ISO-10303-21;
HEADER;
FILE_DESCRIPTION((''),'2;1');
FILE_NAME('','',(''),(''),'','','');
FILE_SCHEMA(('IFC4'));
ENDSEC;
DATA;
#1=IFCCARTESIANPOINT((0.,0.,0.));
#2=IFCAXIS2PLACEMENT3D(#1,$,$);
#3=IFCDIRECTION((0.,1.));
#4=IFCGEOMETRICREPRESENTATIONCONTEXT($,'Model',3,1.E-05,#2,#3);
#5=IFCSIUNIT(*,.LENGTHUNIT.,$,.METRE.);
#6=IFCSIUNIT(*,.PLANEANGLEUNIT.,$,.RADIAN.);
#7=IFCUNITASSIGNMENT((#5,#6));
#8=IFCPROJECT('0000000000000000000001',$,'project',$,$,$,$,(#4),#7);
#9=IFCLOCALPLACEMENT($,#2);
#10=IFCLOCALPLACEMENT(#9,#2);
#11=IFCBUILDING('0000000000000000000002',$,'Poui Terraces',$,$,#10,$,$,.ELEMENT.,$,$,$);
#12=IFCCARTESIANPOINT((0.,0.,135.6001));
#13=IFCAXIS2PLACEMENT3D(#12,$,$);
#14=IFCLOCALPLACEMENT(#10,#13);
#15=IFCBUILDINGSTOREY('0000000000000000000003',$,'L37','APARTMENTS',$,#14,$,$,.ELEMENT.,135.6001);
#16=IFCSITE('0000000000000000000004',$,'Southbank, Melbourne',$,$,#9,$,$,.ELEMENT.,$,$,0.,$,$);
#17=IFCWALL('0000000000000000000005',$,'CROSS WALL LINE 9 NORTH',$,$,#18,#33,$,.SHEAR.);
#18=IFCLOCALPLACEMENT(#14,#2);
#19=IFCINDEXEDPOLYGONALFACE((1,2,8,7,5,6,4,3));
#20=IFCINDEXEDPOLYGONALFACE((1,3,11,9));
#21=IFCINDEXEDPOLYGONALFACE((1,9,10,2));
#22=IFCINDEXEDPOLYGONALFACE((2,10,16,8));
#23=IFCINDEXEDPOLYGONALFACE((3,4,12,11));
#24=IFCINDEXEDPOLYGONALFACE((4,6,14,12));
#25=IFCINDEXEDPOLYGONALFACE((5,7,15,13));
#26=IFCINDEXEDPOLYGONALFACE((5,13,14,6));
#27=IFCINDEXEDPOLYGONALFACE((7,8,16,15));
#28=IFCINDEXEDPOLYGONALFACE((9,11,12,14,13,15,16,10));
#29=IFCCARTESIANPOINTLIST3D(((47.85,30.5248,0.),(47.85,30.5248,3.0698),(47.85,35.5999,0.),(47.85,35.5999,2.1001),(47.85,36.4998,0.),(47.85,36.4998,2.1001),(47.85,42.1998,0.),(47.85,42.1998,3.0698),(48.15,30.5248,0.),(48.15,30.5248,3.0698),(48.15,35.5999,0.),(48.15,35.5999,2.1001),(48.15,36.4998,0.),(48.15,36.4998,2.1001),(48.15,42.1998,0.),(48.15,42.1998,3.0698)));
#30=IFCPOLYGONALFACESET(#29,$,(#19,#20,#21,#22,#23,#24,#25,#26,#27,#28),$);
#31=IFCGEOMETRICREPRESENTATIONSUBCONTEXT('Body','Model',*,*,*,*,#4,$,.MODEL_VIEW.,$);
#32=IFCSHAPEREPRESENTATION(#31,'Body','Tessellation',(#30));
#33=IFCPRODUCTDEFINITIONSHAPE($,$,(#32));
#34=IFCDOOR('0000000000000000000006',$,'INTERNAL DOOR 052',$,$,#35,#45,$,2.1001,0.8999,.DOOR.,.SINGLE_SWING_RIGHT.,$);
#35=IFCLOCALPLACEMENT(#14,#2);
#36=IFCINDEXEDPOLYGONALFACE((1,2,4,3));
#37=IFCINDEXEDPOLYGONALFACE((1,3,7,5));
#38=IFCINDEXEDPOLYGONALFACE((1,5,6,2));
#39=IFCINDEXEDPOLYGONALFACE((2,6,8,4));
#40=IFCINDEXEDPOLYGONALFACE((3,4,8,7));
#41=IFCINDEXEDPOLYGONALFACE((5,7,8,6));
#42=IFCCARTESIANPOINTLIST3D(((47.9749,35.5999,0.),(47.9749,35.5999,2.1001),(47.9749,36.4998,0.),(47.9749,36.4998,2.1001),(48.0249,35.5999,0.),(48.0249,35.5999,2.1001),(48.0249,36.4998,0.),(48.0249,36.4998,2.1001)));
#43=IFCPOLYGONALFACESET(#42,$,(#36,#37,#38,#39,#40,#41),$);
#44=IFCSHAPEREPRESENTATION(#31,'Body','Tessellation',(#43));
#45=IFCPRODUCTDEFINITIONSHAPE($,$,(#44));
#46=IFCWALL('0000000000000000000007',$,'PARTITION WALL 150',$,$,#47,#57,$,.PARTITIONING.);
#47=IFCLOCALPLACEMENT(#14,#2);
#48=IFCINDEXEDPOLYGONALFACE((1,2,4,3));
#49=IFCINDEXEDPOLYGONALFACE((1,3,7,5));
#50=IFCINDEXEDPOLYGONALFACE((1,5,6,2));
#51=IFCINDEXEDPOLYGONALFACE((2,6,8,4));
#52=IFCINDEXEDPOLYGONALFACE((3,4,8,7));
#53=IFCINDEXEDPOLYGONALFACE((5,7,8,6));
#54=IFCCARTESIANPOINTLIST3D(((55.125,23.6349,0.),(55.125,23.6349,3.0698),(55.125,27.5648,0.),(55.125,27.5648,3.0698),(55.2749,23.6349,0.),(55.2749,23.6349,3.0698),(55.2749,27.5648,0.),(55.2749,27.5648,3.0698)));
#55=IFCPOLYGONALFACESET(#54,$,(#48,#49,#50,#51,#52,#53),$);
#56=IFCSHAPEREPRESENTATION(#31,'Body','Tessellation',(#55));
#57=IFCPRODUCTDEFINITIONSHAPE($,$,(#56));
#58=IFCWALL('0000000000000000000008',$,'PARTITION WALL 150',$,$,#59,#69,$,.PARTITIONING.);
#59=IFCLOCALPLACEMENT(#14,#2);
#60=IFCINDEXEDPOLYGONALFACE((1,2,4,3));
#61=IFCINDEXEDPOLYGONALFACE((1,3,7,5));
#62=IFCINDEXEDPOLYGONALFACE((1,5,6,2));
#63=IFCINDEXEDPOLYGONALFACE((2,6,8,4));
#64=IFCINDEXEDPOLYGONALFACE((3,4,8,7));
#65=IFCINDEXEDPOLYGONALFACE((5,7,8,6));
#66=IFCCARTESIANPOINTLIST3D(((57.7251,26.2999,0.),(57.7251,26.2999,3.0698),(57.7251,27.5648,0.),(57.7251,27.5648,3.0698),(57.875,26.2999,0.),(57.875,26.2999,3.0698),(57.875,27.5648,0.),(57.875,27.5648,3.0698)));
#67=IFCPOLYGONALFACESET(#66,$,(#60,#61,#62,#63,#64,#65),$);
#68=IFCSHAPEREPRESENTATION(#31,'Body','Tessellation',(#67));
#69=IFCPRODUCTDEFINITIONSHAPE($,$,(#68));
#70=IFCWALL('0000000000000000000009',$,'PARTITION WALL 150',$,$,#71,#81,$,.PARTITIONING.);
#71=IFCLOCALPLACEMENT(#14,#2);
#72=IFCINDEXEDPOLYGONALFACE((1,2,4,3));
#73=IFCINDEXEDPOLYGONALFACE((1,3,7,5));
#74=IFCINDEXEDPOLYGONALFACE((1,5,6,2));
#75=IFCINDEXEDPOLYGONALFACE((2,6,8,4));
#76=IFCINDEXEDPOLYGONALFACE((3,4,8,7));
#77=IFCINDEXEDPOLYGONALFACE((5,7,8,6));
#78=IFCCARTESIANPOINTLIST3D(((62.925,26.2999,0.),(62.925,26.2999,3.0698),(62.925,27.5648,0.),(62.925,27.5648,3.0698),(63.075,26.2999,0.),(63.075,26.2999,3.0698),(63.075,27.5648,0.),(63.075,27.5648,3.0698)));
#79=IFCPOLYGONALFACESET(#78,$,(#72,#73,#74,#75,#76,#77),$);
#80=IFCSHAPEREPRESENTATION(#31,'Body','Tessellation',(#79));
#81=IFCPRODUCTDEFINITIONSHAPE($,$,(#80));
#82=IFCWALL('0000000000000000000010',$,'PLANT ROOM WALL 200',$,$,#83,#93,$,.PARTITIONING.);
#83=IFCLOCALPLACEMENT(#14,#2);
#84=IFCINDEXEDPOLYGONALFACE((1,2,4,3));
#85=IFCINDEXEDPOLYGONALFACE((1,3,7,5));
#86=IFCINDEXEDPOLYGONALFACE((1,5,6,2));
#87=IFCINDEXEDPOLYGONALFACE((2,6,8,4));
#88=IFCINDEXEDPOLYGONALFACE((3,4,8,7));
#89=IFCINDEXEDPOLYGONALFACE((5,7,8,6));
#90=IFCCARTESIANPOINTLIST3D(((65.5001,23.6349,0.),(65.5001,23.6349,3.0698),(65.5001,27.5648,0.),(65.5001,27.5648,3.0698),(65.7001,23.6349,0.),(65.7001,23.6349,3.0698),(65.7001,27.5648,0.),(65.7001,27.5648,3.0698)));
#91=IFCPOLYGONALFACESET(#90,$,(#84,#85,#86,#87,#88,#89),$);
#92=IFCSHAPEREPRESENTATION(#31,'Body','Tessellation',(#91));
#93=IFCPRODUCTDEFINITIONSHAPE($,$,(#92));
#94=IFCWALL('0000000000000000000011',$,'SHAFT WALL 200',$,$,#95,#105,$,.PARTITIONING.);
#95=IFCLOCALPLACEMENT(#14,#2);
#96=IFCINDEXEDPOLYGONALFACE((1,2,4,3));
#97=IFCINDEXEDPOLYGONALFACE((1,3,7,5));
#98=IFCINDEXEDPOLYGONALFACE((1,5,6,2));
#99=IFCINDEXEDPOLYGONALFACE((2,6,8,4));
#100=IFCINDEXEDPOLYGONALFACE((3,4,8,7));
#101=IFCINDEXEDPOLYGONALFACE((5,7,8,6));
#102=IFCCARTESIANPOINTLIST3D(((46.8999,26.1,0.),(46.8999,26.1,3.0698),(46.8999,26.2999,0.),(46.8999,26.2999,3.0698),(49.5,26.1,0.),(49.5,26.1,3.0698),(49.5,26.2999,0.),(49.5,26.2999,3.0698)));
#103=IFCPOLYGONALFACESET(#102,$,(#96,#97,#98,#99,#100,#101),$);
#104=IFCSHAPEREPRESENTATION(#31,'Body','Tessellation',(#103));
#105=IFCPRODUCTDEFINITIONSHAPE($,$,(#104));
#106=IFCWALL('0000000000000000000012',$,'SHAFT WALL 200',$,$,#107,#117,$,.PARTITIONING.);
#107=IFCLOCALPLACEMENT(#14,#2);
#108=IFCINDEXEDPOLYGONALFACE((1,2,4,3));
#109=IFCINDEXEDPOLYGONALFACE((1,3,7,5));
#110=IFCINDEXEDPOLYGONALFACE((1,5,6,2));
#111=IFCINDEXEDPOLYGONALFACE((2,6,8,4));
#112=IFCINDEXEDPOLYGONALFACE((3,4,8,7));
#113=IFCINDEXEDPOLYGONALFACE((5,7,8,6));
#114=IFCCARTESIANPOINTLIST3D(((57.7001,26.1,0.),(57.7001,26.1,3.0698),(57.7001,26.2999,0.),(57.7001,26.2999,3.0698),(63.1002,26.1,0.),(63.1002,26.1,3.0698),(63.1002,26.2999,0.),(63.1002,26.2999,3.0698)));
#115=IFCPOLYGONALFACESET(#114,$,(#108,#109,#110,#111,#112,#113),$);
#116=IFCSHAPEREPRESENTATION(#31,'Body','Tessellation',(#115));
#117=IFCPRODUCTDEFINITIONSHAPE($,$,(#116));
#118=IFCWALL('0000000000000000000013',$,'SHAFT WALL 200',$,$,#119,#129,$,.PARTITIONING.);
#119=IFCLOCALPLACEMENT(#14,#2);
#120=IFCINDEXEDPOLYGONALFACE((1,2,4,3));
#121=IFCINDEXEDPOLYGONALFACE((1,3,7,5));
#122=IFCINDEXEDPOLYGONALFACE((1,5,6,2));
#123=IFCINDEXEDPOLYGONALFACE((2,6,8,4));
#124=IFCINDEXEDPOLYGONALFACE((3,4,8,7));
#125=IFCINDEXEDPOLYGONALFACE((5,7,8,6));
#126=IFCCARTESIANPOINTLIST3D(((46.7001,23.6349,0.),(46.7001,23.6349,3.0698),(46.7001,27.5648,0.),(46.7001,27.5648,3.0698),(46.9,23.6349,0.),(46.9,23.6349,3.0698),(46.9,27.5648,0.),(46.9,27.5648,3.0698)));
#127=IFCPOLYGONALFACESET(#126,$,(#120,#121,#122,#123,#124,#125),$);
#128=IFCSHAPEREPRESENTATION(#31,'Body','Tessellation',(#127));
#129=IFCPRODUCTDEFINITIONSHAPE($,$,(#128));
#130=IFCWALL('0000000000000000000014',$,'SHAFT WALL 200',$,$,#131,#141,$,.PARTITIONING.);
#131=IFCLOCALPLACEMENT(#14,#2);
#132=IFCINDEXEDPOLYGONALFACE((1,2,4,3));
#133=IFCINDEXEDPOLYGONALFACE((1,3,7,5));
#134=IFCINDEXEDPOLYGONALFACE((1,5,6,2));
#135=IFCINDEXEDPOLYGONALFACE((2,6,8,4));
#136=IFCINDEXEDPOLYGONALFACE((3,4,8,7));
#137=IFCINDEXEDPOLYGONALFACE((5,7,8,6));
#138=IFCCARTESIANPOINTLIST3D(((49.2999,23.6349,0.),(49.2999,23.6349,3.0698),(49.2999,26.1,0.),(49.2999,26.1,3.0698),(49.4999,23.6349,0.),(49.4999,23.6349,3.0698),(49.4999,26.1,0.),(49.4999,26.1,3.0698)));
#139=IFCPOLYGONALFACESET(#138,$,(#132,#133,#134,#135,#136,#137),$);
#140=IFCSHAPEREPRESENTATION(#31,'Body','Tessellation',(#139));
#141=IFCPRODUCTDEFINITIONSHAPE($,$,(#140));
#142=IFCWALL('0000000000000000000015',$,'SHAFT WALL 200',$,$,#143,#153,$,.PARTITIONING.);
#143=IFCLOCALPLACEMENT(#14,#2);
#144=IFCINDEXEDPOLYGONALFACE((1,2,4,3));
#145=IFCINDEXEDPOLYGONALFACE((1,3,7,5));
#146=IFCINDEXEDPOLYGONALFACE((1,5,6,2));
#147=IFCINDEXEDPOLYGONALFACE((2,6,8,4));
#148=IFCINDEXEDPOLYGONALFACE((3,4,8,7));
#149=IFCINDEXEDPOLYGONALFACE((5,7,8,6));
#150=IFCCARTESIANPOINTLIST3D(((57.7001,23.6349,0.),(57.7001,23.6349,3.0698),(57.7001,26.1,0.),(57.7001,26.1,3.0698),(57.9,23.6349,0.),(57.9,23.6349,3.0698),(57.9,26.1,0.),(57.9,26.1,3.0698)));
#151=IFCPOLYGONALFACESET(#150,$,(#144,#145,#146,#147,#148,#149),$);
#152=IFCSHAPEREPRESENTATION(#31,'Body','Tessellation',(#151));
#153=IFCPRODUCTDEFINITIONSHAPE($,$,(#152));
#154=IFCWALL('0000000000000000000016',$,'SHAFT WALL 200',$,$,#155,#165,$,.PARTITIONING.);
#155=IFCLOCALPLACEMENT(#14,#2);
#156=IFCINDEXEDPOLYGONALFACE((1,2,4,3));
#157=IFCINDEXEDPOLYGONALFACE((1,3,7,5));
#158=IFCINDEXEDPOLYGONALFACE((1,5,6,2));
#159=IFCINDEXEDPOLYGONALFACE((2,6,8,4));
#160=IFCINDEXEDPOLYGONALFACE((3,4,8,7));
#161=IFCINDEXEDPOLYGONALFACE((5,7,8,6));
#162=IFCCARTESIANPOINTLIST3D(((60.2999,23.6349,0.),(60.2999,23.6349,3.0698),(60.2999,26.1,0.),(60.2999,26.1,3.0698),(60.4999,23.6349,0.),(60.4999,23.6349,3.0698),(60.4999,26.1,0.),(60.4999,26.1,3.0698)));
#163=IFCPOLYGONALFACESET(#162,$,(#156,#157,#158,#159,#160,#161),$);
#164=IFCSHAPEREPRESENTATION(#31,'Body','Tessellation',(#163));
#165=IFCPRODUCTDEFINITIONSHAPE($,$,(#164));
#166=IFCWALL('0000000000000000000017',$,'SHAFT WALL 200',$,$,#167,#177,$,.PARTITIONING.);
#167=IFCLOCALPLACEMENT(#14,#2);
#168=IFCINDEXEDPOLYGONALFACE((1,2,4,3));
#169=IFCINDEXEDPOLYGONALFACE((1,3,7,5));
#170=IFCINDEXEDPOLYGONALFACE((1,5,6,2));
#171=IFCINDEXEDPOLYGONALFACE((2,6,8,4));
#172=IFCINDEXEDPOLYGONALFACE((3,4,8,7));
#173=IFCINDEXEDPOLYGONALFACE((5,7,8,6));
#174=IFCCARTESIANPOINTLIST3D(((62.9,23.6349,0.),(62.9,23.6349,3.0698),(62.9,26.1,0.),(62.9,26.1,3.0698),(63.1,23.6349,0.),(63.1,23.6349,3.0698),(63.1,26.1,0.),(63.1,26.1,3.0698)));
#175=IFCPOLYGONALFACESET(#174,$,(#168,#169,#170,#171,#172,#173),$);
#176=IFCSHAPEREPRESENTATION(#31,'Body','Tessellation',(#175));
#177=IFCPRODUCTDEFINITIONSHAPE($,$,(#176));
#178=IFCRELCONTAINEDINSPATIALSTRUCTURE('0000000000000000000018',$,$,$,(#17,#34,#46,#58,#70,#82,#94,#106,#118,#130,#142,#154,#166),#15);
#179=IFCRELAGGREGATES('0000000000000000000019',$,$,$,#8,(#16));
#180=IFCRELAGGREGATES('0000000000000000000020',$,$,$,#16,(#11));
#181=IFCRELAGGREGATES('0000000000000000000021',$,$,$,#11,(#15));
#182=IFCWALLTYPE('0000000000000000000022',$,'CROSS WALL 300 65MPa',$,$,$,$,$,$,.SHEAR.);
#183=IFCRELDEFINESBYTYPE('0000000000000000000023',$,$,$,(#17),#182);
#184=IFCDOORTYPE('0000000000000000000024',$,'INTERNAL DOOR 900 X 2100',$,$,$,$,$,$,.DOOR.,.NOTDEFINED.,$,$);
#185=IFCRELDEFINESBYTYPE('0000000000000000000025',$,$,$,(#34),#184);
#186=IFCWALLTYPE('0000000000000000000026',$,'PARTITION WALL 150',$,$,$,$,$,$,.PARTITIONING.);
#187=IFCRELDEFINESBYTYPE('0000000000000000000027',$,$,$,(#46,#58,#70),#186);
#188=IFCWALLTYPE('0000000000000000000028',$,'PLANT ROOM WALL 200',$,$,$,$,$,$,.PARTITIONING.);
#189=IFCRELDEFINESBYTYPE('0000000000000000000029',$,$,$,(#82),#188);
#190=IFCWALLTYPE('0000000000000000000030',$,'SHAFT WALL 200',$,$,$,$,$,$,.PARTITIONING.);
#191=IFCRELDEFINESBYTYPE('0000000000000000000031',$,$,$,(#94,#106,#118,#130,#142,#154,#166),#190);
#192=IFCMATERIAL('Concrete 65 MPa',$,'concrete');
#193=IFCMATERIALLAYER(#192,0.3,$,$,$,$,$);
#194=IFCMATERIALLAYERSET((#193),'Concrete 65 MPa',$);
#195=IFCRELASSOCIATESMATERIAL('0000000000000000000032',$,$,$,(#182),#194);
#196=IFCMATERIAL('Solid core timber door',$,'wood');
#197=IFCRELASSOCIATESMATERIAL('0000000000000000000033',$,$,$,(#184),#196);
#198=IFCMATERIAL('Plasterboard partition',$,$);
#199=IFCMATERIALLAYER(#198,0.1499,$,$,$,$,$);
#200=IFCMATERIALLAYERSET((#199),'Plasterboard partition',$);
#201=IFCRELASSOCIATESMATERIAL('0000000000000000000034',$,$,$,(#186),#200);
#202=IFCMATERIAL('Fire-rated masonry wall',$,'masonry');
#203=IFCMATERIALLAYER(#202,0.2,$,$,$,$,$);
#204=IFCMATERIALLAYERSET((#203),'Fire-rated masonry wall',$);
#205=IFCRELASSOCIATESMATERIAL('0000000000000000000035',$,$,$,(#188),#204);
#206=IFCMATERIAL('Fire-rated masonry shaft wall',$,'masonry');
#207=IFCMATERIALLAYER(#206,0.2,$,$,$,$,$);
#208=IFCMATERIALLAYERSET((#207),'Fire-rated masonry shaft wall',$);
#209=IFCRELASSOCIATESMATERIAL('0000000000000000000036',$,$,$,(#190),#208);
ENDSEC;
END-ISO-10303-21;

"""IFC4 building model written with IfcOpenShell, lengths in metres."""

from ifc_helpers import new_model, si_unit, direction, frame, frame_2d, origin, place, context, subcontext, project, spatial, rectangle, extrude, material, layer, layer_set, type_object, element, fill, save


model = new_model("IFC4")

# Units and contexts
model_context = context("Model", 3, precision=1e-05, world=origin(), true_north=direction((0.0, 1.0)))
body_context = subcontext(model_context, "Body", "Model", "MODEL_VIEW")
ifc_project = project(units=[si_unit("LENGTHUNIT", "METRE"), si_unit("PLANEANGLEUNIT", "RADIAN")], contexts=[model_context])

# Site, building, storey
site_placement = place(None, origin())
site = spatial("IfcSite", under=ifc_project, at=site_placement, Name="Southbank, Melbourne", CompositionType="ELEMENT", RefElevation=0.0)
building_placement = place(site_placement, origin())
building = spatial("IfcBuilding", under=site, at=building_placement, Name="Poui Terraces", CompositionType="ELEMENT")
storey_placement = place(building_placement, frame((0.0, 0.0, 135.6001)))
storey = spatial("IfcBuildingStorey", under=building, at=storey_placement, Name="L37", Description="APARTMENTS", CompositionType="ELEMENT", Elevation=135.6001)

# Shared definitions
ifc_material_1 = material(Name="Concrete 65 MPa", Category="concrete")

# Wall, opening, door
ifc_layer_1 = layer(ifc_material_1, 0.3)
ifc_layer_set_1 = layer_set([ifc_layer_1], Name="Concrete 65 MPa")
wall_type_1 = type_object("IfcWallType", Name="CROSS WALL 300 65MPa", PredefinedType="SHEAR", material=ifc_layer_set_1)
wall_1_placement = place(storey_placement, frame((48.0, 30.5249, 0.0), z_axis=(0.0, 0.0, 1.0), x_axis=(0.0, 1.0, 0.0)))
wall_1 = element("IfcWall", 1, at=wall_1_placement, inside=storey, type_object=wall_type_1, Name="CROSS WALL LINE 9 NORTH", PredefinedType="SHEAR", context=body_context, shape_type="SweptSolid", body=[
    extrude(rectangle(XDim=11.675, YDim=0.3, at=frame_2d((5.8374, 0.0))), origin(), (0.0, 0.0, 1.0), 3.0698),
])
opening_1_placement = place(wall_1_placement, frame((5.075, 0.0, 0.0)))
opening_1 = element("IfcOpeningElement", 2, at=opening_1_placement, cuts=wall_1, PredefinedType="OPENING", context=body_context, shape_type="SweptSolid", body=[
    extrude(rectangle(XDim=0.8999, YDim=2.1001, at=frame_2d((0.45, 1.05))), frame((0.0, 0.1602, 0.0), z_axis=(0.0, -1.0, 0.0), x_axis=(1.0, 0.0, 0.0)), (0.0, 0.0, 1.0), 0.3201),
])
ifc_material_2 = material(Name="Solid core timber door", Category="wood")
door_type_1 = type_object("IfcDoorType", Name="INTERNAL DOOR 900 X 2100", OperationType="NOTDEFINED", PredefinedType="DOOR", material=ifc_material_2)
door_1_placement = place(opening_1_placement, frame((0.8999, 0.0, 0.0), z_axis=(0.0, 0.0, 1.0), x_axis=(-1.0, 0.0, 0.0)))
door_1 = element("IfcDoor", 3, at=door_1_placement, inside=storey, type_object=door_type_1, Name="INTERNAL DOOR 052", OperationType="SINGLE_SWING_RIGHT", OverallHeight=2.1001, OverallWidth=0.8999, PredefinedType="DOOR", context=body_context, shape_type="SweptSolid", body=[
    extrude(rectangle(XDim=0.8999, YDim=2.1001, at=frame_2d((0.45, 1.05))), frame((0.0, 0.0249, 0.0), z_axis=(0.0, -1.0, 0.0), x_axis=(1.0, 0.0, 0.0)), (0.0, 0.0, 1.0), 0.05),
])
fill(opening_1, door_1)

# Walls
ifc_material_3 = material(Name="Plasterboard partition")
ifc_layer_2 = layer(ifc_material_3, 0.1499)
ifc_layer_set_2 = layer_set([ifc_layer_2], Name="Plasterboard partition")
wall_type_2 = type_object("IfcWallType", Name="PARTITION WALL 150", PredefinedType="PARTITIONING", material=ifc_layer_set_2)
wall_2_placement = place(storey_placement, frame((55.2, 23.635, 0.0), z_axis=(0.0, 0.0, 1.0), x_axis=(0.0, 1.0, 0.0)))
element("IfcWall", 4, at=wall_2_placement, inside=storey, type_object=wall_type_2, Name="PARTITION WALL 150", PredefinedType="PARTITIONING", context=body_context, shape_type="SweptSolid", body=[
    extrude(rectangle(XDim=3.9299, YDim=0.1499, at=frame_2d((1.9648, 0.0))), origin(), (0.0, 0.0, 1.0), 3.0698),
])
for number, where, z_axis, x_axis, name in (
    (5, (57.8, 26.3, 0.0), (0.0, 0.0, 1.0), (0.0, 1.0, 0.0), "PARTITION WALL 150"),
    (6, (63.0, 26.3, 0.0), (0.0, 0.0, 1.0), (0.0, 1.0, 0.0), "PARTITION WALL 150"),
):
    element("IfcWall", number, at=place(storey_placement, frame(where, z_axis=z_axis, x_axis=x_axis)), inside=storey, type_object=wall_type_2, Name=name, PredefinedType="PARTITIONING", context=body_context, shape_type="SweptSolid", body=[
        extrude(rectangle(XDim=1.2649, YDim=0.1499, at=frame_2d((0.6323, 0.0))), origin(), (0.0, 0.0, 1.0), 3.0698),
    ])
ifc_material_4 = material(Name="Fire-rated masonry wall", Category="masonry")
ifc_layer_3 = layer(ifc_material_4, 0.2)
ifc_layer_set_3 = layer_set([ifc_layer_3], Name="Fire-rated masonry wall")
wall_type_3 = type_object("IfcWallType", Name="PLANT ROOM WALL 200", PredefinedType="PARTITIONING", material=ifc_layer_set_3)
wall_3_placement = place(storey_placement, frame((65.6001, 23.635, 0.0), z_axis=(0.0, 0.0, 1.0), x_axis=(0.0, 1.0, 0.0)))
element("IfcWall", 7, at=wall_3_placement, inside=storey, type_object=wall_type_3, Name="PLANT ROOM WALL 200", PredefinedType="PARTITIONING", context=body_context, shape_type="SweptSolid", body=[
    extrude(rectangle(XDim=3.9299, YDim=0.2, at=frame_2d((1.9648, 0.0))), origin(), (0.0, 0.0, 1.0), 3.0698),
])
ifc_material_5 = material(Name="Fire-rated masonry shaft wall", Category="masonry")
ifc_layer_4 = layer(ifc_material_5, 0.2)
ifc_layer_set_4 = layer_set([ifc_layer_4], Name="Fire-rated masonry shaft wall")
wall_type_4 = type_object("IfcWallType", Name="SHAFT WALL 200", PredefinedType="PARTITIONING", material=ifc_layer_set_4)
wall_4_placement = place(storey_placement, frame((46.8999, 26.2, 0.0), z_axis=(0.0, 0.0, 1.0), x_axis=(1.0, 0.0, 0.0)))
element("IfcWall", 8, at=wall_4_placement, inside=storey, type_object=wall_type_4, Name="SHAFT WALL 200", PredefinedType="PARTITIONING", context=body_context, shape_type="SweptSolid", body=[
    extrude(rectangle(XDim=2.6001, YDim=0.2, at=frame_2d((1.3, 0.0))), origin(), (0.0, 0.0, 1.0), 3.0698),
])
wall_5_placement = place(storey_placement, frame((57.7, 26.2, 0.0), z_axis=(0.0, 0.0, 1.0), x_axis=(1.0, 0.0, 0.0)))
element("IfcWall", 9, at=wall_5_placement, inside=storey, type_object=wall_type_4, Name="SHAFT WALL 200", PredefinedType="PARTITIONING", context=body_context, shape_type="SweptSolid", body=[
    extrude(rectangle(XDim=5.4001, YDim=0.2, at=frame_2d((2.7002, 0.0))), origin(), (0.0, 0.0, 1.0), 3.0698),
])
wall_6_placement = place(storey_placement, frame((46.8, 23.635, 0.0), z_axis=(0.0, 0.0, 1.0), x_axis=(0.0, 1.0, 0.0)))
element("IfcWall", 10, at=wall_6_placement, inside=storey, type_object=wall_type_4, Name="SHAFT WALL 200", PredefinedType="PARTITIONING", context=body_context, shape_type="SweptSolid", body=[
    extrude(rectangle(XDim=3.9299, YDim=0.2, at=frame_2d((1.9648, 0.0))), origin(), (0.0, 0.0, 1.0), 3.0698),
])
for number, where, z_axis, x_axis, name in (
    (11, (49.3999, 23.635, 0.0), (0.0, 0.0, 1.0), (0.0, 1.0, 0.0), "SHAFT WALL 200"),
    (12, (57.8, 23.635, 0.0), (0.0, 0.0, 1.0), (0.0, 1.0, 0.0), "SHAFT WALL 200"),
    (13, (60.3999, 23.635, 0.0), (0.0, 0.0, 1.0), (0.0, 1.0, 0.0), "SHAFT WALL 200"),
    (14, (63.0, 23.635, 0.0), (0.0, 0.0, 1.0), (0.0, 1.0, 0.0), "SHAFT WALL 200"),
):
    element("IfcWall", number, at=place(storey_placement, frame(where, z_axis=z_axis, x_axis=x_axis)), inside=storey, type_object=wall_type_4, Name=name, PredefinedType="PARTITIONING", context=body_context, shape_type="SweptSolid", body=[
        extrude(rectangle(XDim=2.4651, YDim=0.2, at=frame_2d((1.2324, 0.0))), origin(), (0.0, 0.0, 1.0), 3.0698),
    ])

save(model, "model.ifc")
